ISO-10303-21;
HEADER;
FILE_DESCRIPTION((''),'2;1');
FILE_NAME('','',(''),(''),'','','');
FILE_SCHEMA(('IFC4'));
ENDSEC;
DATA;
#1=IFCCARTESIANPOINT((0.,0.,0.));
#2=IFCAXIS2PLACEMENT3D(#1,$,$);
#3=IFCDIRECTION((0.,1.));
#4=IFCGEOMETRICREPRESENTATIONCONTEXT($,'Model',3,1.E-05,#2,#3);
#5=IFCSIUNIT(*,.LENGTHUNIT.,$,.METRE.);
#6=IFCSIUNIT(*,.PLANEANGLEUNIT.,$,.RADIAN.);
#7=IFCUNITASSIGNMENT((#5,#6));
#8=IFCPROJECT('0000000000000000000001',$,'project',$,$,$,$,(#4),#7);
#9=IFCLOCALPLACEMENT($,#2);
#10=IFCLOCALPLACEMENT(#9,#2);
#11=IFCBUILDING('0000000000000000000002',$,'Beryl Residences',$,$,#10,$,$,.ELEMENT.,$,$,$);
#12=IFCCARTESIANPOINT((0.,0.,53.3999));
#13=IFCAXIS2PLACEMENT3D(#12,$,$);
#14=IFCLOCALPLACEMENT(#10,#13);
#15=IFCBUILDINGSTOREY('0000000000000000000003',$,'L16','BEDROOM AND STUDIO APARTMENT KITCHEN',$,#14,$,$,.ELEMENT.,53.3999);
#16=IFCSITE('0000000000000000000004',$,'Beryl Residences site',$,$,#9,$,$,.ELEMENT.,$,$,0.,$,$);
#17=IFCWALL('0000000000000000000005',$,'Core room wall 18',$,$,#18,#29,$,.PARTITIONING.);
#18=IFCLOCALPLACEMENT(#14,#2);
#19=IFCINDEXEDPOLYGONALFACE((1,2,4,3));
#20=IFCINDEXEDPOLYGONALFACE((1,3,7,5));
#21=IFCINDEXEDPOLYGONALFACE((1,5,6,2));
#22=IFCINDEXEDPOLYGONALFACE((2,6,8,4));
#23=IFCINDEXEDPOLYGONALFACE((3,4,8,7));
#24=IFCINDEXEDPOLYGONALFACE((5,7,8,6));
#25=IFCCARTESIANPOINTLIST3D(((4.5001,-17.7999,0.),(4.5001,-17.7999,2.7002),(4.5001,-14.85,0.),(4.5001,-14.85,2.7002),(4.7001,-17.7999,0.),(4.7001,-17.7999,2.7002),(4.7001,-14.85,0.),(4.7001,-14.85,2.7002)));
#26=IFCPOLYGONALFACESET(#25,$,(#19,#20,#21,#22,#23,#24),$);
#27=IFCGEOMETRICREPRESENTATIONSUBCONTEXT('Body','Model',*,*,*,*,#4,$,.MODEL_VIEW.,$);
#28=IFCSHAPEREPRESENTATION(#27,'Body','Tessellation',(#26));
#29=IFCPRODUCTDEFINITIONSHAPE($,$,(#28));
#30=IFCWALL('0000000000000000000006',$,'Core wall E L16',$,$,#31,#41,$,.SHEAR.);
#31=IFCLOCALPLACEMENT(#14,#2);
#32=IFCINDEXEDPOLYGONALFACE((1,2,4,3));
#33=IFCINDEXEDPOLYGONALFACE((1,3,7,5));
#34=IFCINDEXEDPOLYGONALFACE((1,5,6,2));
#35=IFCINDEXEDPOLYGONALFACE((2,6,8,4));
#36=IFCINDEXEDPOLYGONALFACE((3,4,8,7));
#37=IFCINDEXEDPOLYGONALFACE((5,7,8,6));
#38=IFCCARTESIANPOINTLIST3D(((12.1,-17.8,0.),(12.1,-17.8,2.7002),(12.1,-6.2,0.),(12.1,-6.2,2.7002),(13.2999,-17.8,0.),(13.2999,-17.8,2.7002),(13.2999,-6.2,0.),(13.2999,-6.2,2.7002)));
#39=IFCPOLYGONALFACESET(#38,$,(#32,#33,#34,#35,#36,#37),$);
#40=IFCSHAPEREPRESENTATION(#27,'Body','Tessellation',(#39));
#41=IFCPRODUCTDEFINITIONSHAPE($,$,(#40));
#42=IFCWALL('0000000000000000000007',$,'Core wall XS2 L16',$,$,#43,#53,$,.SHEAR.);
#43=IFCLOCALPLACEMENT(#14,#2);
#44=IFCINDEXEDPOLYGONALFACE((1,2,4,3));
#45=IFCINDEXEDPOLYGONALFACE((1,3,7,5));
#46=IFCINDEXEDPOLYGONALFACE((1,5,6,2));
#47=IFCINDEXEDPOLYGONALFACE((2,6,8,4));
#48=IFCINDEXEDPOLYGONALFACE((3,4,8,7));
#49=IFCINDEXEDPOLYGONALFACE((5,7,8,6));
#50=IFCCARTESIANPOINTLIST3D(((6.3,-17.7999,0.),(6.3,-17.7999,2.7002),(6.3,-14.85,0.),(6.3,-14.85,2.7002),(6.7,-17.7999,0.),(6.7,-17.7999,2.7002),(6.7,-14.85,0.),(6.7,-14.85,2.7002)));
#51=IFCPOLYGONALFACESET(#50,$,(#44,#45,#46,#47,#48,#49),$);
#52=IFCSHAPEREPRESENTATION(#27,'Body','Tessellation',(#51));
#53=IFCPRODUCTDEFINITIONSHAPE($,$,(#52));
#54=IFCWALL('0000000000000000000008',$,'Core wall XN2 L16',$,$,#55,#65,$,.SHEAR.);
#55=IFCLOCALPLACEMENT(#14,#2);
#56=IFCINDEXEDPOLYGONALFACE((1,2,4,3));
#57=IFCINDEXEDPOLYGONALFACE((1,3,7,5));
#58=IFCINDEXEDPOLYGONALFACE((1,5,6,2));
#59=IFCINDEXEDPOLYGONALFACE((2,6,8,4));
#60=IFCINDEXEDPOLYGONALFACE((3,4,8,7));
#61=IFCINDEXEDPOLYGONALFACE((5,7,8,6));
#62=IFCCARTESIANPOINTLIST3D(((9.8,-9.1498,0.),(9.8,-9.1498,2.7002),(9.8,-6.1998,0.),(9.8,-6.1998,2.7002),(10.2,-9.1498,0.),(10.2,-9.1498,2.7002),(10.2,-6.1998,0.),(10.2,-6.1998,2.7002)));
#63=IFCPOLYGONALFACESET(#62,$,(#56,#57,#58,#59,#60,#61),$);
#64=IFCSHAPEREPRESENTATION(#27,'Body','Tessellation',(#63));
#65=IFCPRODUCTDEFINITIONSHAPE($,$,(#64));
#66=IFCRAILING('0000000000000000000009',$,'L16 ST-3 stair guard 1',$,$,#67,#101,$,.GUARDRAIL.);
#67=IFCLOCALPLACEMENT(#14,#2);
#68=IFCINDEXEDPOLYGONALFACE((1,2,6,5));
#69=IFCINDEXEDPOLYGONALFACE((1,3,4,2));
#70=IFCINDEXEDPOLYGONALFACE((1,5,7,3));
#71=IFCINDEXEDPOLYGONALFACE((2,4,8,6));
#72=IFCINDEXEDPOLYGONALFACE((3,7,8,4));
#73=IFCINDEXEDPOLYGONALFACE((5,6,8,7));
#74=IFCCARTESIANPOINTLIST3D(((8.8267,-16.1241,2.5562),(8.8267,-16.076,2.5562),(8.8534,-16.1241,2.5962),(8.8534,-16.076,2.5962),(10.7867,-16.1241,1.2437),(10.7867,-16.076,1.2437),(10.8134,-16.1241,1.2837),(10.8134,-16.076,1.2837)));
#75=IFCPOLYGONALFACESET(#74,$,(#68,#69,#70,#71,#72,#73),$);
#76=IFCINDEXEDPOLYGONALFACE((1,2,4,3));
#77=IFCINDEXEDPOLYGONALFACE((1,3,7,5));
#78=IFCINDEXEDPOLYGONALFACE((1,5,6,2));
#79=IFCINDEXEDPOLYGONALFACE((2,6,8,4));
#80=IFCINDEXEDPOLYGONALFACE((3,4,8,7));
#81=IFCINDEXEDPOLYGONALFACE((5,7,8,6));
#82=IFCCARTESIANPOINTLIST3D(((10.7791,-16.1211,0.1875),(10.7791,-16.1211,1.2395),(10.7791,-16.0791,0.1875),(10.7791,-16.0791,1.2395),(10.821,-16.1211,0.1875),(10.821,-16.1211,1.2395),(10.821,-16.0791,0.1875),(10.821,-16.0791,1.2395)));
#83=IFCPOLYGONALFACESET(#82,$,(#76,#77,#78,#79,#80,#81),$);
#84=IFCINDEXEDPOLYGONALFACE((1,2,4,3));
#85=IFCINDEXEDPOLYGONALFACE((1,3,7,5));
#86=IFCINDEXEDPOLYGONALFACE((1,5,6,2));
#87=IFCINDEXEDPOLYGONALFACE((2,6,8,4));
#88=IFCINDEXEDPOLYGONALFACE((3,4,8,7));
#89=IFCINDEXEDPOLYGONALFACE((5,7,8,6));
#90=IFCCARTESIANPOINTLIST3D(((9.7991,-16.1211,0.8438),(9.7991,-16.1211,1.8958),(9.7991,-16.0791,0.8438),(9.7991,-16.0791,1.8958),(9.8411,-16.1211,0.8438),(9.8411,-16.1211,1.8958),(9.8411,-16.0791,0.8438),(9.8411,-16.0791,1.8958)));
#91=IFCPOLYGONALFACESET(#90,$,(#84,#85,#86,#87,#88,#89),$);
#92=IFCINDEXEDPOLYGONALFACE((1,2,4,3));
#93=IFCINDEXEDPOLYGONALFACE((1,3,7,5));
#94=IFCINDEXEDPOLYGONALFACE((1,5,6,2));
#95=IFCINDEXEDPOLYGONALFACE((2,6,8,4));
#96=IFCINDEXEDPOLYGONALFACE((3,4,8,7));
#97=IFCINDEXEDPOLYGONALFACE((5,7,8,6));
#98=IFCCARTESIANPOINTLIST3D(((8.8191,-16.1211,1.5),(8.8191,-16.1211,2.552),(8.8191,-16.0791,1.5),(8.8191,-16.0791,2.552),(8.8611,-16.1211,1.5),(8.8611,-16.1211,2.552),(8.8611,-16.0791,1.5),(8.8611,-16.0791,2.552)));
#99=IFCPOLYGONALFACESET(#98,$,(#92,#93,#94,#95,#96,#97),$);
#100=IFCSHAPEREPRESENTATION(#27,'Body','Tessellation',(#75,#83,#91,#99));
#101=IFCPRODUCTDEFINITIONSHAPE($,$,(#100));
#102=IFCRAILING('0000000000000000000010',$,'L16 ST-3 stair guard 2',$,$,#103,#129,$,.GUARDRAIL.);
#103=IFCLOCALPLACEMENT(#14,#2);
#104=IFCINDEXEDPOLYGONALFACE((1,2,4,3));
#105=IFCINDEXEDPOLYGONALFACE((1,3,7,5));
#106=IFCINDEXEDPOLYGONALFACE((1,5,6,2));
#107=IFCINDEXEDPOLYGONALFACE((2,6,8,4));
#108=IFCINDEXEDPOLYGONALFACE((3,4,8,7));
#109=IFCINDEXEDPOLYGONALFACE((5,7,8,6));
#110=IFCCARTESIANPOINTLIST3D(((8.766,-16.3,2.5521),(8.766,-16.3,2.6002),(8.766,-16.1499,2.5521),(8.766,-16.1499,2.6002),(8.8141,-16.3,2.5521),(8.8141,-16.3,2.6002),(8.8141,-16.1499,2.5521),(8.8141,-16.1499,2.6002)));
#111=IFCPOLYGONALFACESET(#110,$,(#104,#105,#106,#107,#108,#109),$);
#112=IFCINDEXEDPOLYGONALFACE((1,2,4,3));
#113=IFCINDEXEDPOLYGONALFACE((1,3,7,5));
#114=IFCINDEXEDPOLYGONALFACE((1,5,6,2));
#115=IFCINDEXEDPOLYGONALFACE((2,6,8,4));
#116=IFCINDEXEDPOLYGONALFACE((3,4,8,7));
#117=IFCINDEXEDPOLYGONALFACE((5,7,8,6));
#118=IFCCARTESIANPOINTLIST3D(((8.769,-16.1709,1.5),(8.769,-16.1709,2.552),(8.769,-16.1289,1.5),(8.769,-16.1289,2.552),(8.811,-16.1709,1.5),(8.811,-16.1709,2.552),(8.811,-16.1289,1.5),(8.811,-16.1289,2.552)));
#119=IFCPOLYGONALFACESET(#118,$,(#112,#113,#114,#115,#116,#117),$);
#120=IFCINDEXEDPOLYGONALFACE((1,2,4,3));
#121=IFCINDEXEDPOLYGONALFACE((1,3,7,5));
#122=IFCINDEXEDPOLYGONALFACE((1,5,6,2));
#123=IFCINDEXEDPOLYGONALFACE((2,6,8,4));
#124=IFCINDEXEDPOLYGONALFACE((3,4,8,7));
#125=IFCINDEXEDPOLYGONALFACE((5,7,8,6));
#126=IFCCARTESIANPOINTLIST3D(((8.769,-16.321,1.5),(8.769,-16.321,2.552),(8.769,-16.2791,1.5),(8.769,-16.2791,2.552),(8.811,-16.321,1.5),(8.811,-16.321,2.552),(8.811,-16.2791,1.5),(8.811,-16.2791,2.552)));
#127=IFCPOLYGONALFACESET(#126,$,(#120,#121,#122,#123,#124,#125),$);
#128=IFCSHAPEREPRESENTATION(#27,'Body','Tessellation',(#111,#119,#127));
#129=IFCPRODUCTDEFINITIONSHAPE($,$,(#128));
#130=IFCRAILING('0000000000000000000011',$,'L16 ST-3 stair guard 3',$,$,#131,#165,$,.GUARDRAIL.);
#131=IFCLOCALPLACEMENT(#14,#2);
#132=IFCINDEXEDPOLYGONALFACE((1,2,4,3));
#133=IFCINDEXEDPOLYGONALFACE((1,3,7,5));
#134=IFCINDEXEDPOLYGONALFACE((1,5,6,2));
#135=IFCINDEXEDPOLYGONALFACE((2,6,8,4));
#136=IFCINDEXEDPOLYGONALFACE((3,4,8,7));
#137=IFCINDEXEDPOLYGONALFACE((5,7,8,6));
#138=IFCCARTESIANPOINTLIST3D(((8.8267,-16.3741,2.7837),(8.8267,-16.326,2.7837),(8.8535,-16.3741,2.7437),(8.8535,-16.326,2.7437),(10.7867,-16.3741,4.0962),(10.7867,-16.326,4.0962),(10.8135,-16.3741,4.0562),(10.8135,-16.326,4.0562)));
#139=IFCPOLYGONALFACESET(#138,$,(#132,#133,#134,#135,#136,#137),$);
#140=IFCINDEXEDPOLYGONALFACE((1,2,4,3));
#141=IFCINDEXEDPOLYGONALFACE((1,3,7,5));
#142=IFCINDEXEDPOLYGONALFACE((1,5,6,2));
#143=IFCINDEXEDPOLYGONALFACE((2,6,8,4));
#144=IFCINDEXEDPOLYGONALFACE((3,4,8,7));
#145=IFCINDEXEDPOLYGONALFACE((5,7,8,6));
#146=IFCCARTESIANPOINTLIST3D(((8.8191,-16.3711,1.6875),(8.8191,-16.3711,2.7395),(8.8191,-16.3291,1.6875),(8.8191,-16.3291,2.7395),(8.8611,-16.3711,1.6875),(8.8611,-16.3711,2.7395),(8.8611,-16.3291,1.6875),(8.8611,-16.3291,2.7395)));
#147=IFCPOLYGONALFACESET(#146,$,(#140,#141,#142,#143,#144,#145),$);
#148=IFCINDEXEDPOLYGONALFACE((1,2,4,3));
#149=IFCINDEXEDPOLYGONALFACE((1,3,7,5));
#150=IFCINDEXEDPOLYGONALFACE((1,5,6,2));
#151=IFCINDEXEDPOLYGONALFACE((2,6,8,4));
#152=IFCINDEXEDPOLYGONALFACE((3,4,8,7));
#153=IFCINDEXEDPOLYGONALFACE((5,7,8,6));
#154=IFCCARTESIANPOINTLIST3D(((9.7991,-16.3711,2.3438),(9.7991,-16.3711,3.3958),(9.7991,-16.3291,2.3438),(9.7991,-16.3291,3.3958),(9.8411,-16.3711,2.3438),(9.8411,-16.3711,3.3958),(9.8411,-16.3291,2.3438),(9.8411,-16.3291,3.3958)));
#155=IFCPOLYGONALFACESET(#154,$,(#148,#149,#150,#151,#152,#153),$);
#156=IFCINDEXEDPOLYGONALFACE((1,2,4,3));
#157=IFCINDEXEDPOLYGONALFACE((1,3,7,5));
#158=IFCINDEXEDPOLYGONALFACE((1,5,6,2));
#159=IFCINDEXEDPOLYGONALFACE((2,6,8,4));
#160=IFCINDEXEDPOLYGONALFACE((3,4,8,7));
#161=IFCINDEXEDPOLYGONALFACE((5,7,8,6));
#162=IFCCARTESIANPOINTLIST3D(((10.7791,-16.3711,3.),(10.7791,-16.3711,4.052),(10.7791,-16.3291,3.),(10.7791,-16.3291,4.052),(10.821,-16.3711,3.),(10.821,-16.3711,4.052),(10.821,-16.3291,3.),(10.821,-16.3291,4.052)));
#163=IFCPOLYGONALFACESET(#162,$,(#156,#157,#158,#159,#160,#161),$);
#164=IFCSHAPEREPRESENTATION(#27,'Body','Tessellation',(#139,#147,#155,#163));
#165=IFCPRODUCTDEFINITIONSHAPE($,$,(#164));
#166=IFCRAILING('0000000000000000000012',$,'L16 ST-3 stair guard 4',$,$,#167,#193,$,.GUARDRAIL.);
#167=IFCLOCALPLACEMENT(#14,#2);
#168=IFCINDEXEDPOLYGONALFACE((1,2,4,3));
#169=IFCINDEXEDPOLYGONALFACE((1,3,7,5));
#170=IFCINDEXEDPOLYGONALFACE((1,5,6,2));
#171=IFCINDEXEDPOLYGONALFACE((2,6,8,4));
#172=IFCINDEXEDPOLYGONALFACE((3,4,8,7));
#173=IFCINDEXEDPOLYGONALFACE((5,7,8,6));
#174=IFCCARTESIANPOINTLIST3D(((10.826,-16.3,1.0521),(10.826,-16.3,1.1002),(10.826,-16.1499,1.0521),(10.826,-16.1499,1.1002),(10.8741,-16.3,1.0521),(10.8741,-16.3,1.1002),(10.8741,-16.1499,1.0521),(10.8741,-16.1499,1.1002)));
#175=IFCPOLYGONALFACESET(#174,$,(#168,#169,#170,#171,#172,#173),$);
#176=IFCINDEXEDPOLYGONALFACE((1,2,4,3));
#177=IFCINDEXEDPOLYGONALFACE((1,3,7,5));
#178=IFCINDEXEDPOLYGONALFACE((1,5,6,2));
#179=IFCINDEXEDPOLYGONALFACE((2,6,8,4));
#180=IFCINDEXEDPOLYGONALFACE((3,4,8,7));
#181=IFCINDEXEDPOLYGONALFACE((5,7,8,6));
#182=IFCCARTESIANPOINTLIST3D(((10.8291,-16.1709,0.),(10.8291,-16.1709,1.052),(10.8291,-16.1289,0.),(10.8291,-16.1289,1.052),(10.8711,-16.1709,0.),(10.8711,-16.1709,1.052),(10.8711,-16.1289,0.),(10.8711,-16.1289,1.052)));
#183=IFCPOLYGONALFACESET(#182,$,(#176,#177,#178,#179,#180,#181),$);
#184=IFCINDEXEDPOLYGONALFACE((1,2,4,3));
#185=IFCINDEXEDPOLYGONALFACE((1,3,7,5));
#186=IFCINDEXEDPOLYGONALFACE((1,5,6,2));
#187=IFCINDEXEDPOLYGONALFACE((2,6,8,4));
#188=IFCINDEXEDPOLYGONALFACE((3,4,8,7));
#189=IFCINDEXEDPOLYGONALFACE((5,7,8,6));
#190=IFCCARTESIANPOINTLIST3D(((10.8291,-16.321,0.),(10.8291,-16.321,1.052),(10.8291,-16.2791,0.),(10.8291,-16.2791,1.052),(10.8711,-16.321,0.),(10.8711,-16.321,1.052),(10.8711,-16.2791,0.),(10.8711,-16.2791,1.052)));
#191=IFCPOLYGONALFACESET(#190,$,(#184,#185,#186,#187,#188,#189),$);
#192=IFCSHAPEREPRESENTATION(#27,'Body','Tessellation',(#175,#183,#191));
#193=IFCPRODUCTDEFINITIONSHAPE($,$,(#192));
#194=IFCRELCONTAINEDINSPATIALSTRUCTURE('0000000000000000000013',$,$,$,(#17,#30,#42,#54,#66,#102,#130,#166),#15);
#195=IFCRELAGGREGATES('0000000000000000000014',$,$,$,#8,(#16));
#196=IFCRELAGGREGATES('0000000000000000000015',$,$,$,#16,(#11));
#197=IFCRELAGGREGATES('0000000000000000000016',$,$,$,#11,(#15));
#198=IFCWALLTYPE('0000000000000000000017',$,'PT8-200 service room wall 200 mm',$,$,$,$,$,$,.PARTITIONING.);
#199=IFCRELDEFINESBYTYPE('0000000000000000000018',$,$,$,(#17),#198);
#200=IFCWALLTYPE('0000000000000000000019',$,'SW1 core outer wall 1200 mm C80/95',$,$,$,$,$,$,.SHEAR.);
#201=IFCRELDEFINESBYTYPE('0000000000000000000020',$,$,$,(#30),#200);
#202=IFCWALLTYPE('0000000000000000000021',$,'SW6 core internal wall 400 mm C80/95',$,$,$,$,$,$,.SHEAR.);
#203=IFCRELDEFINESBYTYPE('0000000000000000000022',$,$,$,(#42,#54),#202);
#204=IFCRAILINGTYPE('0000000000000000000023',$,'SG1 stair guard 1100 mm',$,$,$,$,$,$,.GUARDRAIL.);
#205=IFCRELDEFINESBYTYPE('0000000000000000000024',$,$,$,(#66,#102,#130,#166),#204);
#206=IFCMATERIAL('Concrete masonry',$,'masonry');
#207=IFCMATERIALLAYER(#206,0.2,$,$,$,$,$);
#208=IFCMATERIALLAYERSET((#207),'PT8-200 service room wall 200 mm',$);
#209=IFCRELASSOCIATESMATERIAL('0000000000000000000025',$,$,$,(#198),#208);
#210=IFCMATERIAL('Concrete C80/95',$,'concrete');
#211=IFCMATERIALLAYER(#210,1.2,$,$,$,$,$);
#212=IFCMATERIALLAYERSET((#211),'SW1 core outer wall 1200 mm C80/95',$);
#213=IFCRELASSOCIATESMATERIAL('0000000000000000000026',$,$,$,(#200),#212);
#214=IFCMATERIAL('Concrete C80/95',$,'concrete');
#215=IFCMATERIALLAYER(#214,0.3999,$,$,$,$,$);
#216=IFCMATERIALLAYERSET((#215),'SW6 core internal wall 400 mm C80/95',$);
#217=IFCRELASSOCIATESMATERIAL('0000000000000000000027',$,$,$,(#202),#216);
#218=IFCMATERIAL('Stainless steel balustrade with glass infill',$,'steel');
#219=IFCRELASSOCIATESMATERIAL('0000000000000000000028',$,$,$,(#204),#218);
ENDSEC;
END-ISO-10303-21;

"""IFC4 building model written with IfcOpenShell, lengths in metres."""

from ifc_helpers import new_model, si_unit, direction, frame, frame_2d, origin, origin_2d, place, context, subcontext, project, spatial, rectangle, extrude, material, layer, layer_set, type_object, element, save


model = new_model("IFC4")

# Units and contexts
model_context = context("Model", 3, precision=1e-05, world=origin(), true_north=direction((0.0, 1.0)))
body_context = subcontext(model_context, "Body", "Model", "MODEL_VIEW")
ifc_project = project(units=[si_unit("LENGTHUNIT", "METRE"), si_unit("PLANEANGLEUNIT", "RADIAN")], contexts=[model_context])

# Site, building, storey
site_placement = place(None, origin())
site = spatial("IfcSite", under=ifc_project, at=site_placement, Name="Beryl Residences site", CompositionType="ELEMENT", RefElevation=0.0)
building_placement = place(site_placement, origin())
building = spatial("IfcBuilding", under=site, at=building_placement, Name="Beryl Residences", CompositionType="ELEMENT")
storey_placement = place(building_placement, frame((0.0, 0.0, 53.3999)))
storey = spatial("IfcBuildingStorey", under=building, at=storey_placement, Name="L16", Description="BEDROOM AND STUDIO APARTMENT KITCHEN", CompositionType="ELEMENT", Elevation=53.3999)

# Walls
ifc_material_1 = material(Name="Concrete masonry", Category="masonry")
ifc_layer_1 = layer(ifc_material_1, 0.2)
ifc_layer_set_1 = layer_set([ifc_layer_1], Name="PT8-200 service room wall 200 mm")
wall_type_1 = type_object("IfcWallType", Name="PT8-200 service room wall 200 mm", PredefinedType="PARTITIONING", material=ifc_layer_set_1)
wall_1_placement = place(storey_placement, frame((4.6001, -17.8, 0.0), z_axis=(0.0, 0.0, 1.0), x_axis=(0.0, 1.0, 0.0)))
element("IfcWall", 1, at=wall_1_placement, inside=storey, type_object=wall_type_1, Name="Core room wall 18", PredefinedType="PARTITIONING", context=body_context, shape_type="SweptSolid", body=[
    extrude(rectangle(XDim=2.95, YDim=0.2, at=frame_2d((1.4751, 0.0))), origin(), (0.0, 0.0, 1.0), 2.7002),
])
ifc_material_2 = material(Name="Concrete C80/95", Category="concrete")
ifc_layer_2 = layer(ifc_material_2, 1.2)
ifc_layer_set_2 = layer_set([ifc_layer_2], Name="SW1 core outer wall 1200 mm C80/95")
wall_type_2 = type_object("IfcWallType", Name="SW1 core outer wall 1200 mm C80/95", PredefinedType="SHEAR", material=ifc_layer_set_2)
wall_2_placement = place(storey_placement, frame((12.7, -17.8, 0.0), z_axis=(0.0, 0.0, 1.0), x_axis=(0.0, 1.0, 0.0)))
element("IfcWall", 2, at=wall_2_placement, inside=storey, type_object=wall_type_2, Name="Core wall E L16", PredefinedType="SHEAR", context=body_context, shape_type="SweptSolid", body=[
    extrude(rectangle(XDim=11.6001, YDim=1.2, at=frame_2d((5.8, 0.0))), origin(), (0.0, 0.0, 1.0), 2.7002),
])
ifc_material_3 = material(Name="Concrete C80/95", Category="concrete")
ifc_layer_3 = layer(ifc_material_3, 0.3999)
ifc_layer_set_3 = layer_set([ifc_layer_3], Name="SW6 core internal wall 400 mm C80/95")
wall_type_3 = type_object("IfcWallType", Name="SW6 core internal wall 400 mm C80/95", PredefinedType="SHEAR", material=ifc_layer_set_3)
for number, where, z_axis, x_axis, name in (
    (3, (6.5, -17.8, 0.0), (0.0, 0.0, 1.0), (0.0, 1.0, 0.0), "Core wall XS2 L16"),
    (4, (10.0, -9.1499, 0.0), (0.0, 0.0, 1.0), (0.0, 1.0, 0.0), "Core wall XN2 L16"),
):
    element("IfcWall", number, at=place(storey_placement, frame(where, z_axis=z_axis, x_axis=x_axis)), inside=storey, type_object=wall_type_3, Name=name, PredefinedType="SHEAR", context=body_context, shape_type="SweptSolid", body=[
        extrude(rectangle(XDim=2.95, YDim=0.3999, at=frame_2d((1.4751, 0.0))), origin(), (0.0, 0.0, 1.0), 2.7002),
    ])

# Railings
ifc_material_4 = material(Name="Stainless steel balustrade with glass infill", Category="steel")
railing_type_1 = type_object("IfcRailingType", Name="SG1 stair guard 1100 mm", PredefinedType="GUARDRAIL", material=ifc_material_4)
railing_1_placement = place(storey_placement, frame((10.8, -16.1001, 0.1875)))
element("IfcRailing", 5, at=railing_1_placement, inside=storey, type_object=railing_type_1, Name="L16 ST-3 stair guard 1", PredefinedType="GUARDRAIL", context=body_context, shape_type="SweptSolid", body=[
    extrude(rectangle(XDim=0.0481, YDim=0.0481, at=origin_2d()), frame((0.0, 0.0, 1.0762), z_axis=(-0.830902, 0.0, 0.556419), x_axis=(0.0, -1.0, 0.0)), (0.0, 0.0, 1.0), 2.3589),
    extrude(rectangle(XDim=0.042, YDim=0.042, at=origin_2d()), origin(), (0.0, 0.0, 1.0), 1.052),
    extrude(rectangle(XDim=0.042, YDim=0.042, at=origin_2d()), frame((-0.98, 0.0, 0.6562)), (0.0, 0.0, 1.0), 1.052),
    extrude(rectangle(XDim=0.042, YDim=0.042, at=origin_2d()), frame((-1.96, 0.0, 1.3125)), (0.0, 0.0, 1.0), 1.052),
])
railing_2_placement = place(storey_placement, frame((8.79, -16.1499, 1.5)))
element("IfcRailing", 6, at=railing_2_placement, inside=storey, type_object=railing_type_1, Name="L16 ST-3 stair guard 2", PredefinedType="GUARDRAIL", context=body_context, shape_type="SweptSolid", body=[
    extrude(rectangle(XDim=0.0481, YDim=0.0481, at=origin_2d()), frame((0.0, 0.0, 1.0762), z_axis=(0.0, -1.0, 0.0), x_axis=(1.0, 0.0, 0.0)), (0.0, 0.0, 1.0), 0.1501),
    extrude(rectangle(XDim=0.042, YDim=0.042, at=origin_2d()), origin(), (0.0, 0.0, 1.0), 1.052),
    extrude(rectangle(XDim=0.042, YDim=0.042, at=origin_2d()), frame((0.0, -0.1501, 0.0)), (0.0, 0.0, 1.0), 1.052),
])
railing_3_placement = place(storey_placement, frame((8.8401, -16.3501, 1.6875)))
element("IfcRailing", 7, at=railing_3_placement, inside=storey, type_object=railing_type_1, Name="L16 ST-3 stair guard 3", PredefinedType="GUARDRAIL", context=body_context, shape_type="SweptSolid", body=[
    extrude(rectangle(XDim=0.0481, YDim=0.0481, at=origin_2d()), frame((0.0, 0.0, 1.0762), z_axis=(0.830902, 0.0, 0.556419), x_axis=(0.0, 1.0, 0.0)), (0.0, 0.0, 1.0), 2.3589),
    extrude(rectangle(XDim=0.042, YDim=0.042, at=origin_2d()), origin(), (0.0, 0.0, 1.0), 1.052),
    extrude(rectangle(XDim=0.042, YDim=0.042, at=origin_2d()), frame((0.98, 0.0, 0.6562)), (0.0, 0.0, 1.0), 1.052),
    extrude(rectangle(XDim=0.042, YDim=0.042, at=origin_2d()), frame((1.96, 0.0, 1.3125)), (0.0, 0.0, 1.0), 1.052),
])
railing_4_placement = place(storey_placement, frame((10.8501, -16.1499, 0.0)))
element("IfcRailing", 8, at=railing_4_placement, inside=storey, type_object=railing_type_1, Name="L16 ST-3 stair guard 4", PredefinedType="GUARDRAIL", context=body_context, shape_type="SweptSolid", body=[
    extrude(rectangle(XDim=0.0481, YDim=0.0481, at=origin_2d()), frame((0.0, 0.0, 1.0762), z_axis=(0.0, -1.0, 0.0), x_axis=(1.0, 0.0, 0.0)), (0.0, 0.0, 1.0), 0.1501),
    extrude(rectangle(XDim=0.042, YDim=0.042, at=origin_2d()), origin(), (0.0, 0.0, 1.0), 1.052),
    extrude(rectangle(XDim=0.042, YDim=0.042, at=origin_2d()), frame((0.0, -0.1501, 0.0)), (0.0, 0.0, 1.0), 1.052),
])

save(model, "model.ifc")
